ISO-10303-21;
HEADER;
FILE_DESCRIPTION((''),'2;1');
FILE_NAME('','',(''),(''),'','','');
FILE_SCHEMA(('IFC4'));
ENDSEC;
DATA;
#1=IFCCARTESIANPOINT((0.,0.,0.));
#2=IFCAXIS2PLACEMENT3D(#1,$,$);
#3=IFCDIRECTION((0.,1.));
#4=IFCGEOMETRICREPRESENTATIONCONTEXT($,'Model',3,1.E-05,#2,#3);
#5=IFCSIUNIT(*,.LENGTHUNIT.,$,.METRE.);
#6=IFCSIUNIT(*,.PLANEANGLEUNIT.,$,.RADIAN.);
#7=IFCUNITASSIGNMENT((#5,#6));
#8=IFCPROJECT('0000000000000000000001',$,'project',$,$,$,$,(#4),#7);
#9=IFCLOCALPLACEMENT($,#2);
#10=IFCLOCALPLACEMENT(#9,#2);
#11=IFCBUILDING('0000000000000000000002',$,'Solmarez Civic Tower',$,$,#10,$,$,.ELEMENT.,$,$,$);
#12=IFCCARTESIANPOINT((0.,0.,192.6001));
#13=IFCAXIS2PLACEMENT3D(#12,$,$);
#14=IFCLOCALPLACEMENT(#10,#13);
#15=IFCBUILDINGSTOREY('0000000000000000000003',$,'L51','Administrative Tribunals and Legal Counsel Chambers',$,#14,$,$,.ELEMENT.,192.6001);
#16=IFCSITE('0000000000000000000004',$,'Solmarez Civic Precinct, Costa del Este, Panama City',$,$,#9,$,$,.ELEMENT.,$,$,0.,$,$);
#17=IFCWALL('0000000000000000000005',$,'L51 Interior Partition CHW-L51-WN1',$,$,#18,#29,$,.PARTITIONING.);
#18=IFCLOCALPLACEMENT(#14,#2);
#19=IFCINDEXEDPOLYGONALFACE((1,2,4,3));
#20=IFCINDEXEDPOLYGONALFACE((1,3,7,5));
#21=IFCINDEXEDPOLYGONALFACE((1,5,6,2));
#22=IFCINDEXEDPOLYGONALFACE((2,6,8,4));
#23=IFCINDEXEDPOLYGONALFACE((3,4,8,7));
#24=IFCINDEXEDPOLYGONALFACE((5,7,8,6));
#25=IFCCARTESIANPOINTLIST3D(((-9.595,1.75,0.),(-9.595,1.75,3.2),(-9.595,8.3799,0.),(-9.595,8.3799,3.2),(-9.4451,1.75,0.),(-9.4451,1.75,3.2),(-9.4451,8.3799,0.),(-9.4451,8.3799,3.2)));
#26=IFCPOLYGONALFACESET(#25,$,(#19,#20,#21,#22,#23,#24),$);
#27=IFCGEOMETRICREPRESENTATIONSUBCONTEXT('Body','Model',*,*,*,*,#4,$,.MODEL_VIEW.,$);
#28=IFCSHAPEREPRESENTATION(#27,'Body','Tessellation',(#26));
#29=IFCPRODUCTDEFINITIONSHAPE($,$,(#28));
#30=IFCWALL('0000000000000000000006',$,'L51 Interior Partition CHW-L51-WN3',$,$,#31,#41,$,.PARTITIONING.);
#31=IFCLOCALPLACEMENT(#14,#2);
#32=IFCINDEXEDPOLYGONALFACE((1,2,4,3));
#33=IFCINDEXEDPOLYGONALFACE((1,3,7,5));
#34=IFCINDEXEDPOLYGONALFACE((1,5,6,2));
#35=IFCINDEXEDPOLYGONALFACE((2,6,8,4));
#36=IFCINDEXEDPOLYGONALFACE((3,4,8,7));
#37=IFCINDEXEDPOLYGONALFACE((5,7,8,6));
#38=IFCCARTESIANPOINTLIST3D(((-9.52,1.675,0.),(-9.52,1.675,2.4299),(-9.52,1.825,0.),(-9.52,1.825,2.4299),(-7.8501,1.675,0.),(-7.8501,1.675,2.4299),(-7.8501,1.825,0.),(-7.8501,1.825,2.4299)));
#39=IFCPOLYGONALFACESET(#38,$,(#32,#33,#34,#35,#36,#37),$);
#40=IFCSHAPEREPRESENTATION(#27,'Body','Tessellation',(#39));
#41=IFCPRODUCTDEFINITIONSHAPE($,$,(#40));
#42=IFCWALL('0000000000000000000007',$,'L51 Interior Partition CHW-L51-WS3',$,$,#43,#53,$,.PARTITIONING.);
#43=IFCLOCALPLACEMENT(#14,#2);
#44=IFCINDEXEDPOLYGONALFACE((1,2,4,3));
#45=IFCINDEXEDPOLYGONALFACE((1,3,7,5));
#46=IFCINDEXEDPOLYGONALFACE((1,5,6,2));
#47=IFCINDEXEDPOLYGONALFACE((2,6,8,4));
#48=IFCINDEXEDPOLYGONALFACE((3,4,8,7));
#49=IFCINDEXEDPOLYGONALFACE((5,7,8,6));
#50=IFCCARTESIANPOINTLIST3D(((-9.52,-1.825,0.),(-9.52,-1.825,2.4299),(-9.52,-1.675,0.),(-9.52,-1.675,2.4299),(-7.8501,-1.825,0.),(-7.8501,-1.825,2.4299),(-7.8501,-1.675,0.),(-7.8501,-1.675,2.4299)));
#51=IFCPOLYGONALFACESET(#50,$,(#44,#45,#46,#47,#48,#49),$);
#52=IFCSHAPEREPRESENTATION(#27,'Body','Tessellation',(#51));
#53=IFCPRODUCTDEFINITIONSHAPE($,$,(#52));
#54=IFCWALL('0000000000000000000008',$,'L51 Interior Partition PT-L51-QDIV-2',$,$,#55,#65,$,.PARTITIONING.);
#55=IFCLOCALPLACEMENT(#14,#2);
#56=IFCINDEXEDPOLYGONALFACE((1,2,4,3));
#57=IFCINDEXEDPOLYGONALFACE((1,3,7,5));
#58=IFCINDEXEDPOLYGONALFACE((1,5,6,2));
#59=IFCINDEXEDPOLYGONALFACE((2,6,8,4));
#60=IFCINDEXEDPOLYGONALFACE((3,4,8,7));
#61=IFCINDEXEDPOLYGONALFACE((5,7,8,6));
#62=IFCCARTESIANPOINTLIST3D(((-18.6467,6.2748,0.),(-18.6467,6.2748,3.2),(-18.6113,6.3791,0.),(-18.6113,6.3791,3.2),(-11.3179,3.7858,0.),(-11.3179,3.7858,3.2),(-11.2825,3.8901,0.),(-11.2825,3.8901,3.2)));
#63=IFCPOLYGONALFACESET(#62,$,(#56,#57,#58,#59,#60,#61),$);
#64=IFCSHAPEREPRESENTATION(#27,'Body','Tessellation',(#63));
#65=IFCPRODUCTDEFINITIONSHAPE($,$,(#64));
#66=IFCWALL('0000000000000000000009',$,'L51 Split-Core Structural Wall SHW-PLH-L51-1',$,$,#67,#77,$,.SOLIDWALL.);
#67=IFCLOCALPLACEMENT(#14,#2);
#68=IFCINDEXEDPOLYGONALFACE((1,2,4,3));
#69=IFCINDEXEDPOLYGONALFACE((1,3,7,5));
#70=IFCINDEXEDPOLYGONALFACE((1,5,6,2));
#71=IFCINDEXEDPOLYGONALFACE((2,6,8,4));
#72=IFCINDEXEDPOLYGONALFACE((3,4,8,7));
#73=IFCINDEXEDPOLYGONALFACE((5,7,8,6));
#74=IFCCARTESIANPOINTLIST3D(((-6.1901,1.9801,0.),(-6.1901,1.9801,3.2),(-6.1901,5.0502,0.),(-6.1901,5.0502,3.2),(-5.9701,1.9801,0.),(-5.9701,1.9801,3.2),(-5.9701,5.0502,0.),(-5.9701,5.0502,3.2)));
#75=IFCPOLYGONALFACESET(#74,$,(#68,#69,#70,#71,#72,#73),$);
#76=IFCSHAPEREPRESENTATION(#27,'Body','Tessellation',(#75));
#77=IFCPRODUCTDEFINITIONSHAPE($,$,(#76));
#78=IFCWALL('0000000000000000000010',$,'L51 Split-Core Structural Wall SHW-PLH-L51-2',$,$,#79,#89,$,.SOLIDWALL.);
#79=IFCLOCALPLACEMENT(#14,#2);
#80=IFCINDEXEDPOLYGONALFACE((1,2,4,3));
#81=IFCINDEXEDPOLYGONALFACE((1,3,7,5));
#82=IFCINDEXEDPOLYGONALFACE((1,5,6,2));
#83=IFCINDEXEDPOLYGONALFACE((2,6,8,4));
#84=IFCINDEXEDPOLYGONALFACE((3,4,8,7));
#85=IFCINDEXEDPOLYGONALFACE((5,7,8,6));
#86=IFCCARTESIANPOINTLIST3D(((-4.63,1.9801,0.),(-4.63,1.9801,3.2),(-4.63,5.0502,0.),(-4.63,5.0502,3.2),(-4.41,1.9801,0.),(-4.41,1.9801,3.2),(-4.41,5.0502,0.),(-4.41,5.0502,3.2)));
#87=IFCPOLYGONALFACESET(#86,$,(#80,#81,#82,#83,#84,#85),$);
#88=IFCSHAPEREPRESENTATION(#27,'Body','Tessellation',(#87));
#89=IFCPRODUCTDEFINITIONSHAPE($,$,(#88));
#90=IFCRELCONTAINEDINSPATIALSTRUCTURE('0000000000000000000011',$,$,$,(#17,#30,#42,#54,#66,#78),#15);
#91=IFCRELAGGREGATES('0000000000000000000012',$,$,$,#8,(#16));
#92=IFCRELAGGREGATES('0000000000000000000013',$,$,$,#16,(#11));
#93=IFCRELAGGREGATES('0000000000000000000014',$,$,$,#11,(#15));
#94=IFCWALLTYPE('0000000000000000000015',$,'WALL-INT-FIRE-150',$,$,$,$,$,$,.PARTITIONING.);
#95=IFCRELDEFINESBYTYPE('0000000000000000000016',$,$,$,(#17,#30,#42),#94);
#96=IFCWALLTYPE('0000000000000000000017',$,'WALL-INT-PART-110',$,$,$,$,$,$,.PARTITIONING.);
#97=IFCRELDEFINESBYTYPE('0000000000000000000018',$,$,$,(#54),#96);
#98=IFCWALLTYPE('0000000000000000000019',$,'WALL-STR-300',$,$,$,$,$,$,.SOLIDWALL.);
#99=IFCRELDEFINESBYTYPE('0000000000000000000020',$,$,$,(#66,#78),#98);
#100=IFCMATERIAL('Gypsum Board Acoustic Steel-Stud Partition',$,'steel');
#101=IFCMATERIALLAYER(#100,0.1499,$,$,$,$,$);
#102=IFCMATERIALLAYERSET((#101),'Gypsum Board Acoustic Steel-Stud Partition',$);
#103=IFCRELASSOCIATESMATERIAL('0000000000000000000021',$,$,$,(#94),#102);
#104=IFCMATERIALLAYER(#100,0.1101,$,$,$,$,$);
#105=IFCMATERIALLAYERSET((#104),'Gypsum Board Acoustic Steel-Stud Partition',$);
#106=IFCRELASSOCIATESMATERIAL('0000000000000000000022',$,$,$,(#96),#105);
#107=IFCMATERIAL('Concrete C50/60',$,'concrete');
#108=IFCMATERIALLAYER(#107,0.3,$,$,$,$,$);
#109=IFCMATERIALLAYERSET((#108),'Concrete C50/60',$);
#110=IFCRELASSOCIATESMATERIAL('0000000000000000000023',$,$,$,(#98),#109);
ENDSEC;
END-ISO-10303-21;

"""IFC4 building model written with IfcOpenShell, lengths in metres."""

from ifc_helpers import new_model, si_unit, direction, frame, frame_2d, origin, place, context, subcontext, project, spatial, rectangle, extrude, material, layer, layer_set, type_object, element, save


model = new_model("IFC4")

# Units and contexts
model_context = context("Model", 3, precision=1e-05, world=origin(), true_north=direction((0.0, 1.0)))
body_context = subcontext(model_context, "Body", "Model", "MODEL_VIEW")
ifc_project = project(units=[si_unit("LENGTHUNIT", "METRE"), si_unit("PLANEANGLEUNIT", "RADIAN")], contexts=[model_context])

# Site, building, storey
site_placement = place(None, origin())
site = spatial("IfcSite", under=ifc_project, at=site_placement, Name="Solmarez Civic Precinct, Costa del Este, Panama City", CompositionType="ELEMENT", RefElevation=0.0)
building_placement = place(site_placement, origin())
building = spatial("IfcBuilding", under=site, at=building_placement, Name="Solmarez Civic Tower", CompositionType="ELEMENT")
storey_placement = place(building_placement, frame((0.0, 0.0, 192.6001)))
storey = spatial("IfcBuildingStorey", under=building, at=storey_placement, Name="L51", Description="Administrative Tribunals and Legal Counsel Chambers", CompositionType="ELEMENT", Elevation=192.6001)

# Shared definitions
ifc_material_1 = material(Name="Concrete C50/60", Category="concrete")

# Walls
ifc_material_2 = material(Name="Gypsum Board Acoustic Steel-Stud Partition", Category="steel")
ifc_layer_1 = layer(ifc_material_2, 0.1499)
ifc_layer_set_1 = layer_set([ifc_layer_1], Name="Gypsum Board Acoustic Steel-Stud Partition")
wall_type_1 = type_object("IfcWallType", Name="WALL-INT-FIRE-150", PredefinedType="PARTITIONING", material=ifc_layer_set_1)
wall_1_placement = place(storey_placement, frame((-9.52, 1.75, 0.0), z_axis=(0.0, 0.0, 1.0), x_axis=(0.0, 1.0, 0.0)))
element("IfcWall", 1, at=wall_1_placement, inside=storey, type_object=wall_type_1, Name="L51 Interior Partition CHW-L51-WN1", PredefinedType="PARTITIONING", context=body_context, shape_type="SweptSolid", body=[
    extrude(rectangle(XDim=6.6299, YDim=0.1499, at=frame_2d((3.3149, 0.0))), origin(), (0.0, 0.0, 1.0), 3.2),
])
for number, where, z_axis, x_axis, name in (
    (2, (-7.8501, 1.75, 0.0), (0.0, 0.0, 1.0), (-1.0, 0.0, 0.0), "L51 Interior Partition CHW-L51-WN3"),
    (3, (-7.8501, -1.75, 0.0), (0.0, 0.0, 1.0), (-1.0, 0.0, 0.0), "L51 Interior Partition CHW-L51-WS3"),
):
    element("IfcWall", number, at=place(storey_placement, frame(where, z_axis=z_axis, x_axis=x_axis)), inside=storey, type_object=wall_type_1, Name=name, PredefinedType="PARTITIONING", context=body_context, shape_type="SweptSolid", body=[
        extrude(rectangle(XDim=1.6699, YDim=0.1499, at=frame_2d((0.835, 0.0))), origin(), (0.0, 0.0, 1.0), 2.4299),
    ])
ifc_layer_2 = layer(ifc_material_2, 0.1101)
ifc_layer_set_2 = layer_set([ifc_layer_2], Name="Gypsum Board Acoustic Steel-Stud Partition")
wall_type_2 = type_object("IfcWallType", Name="WALL-INT-PART-110", PredefinedType="PARTITIONING", material=ifc_layer_set_2)
wall_2_placement = place(storey_placement, frame((-11.3, 3.8379, 0.0), z_axis=(0.0, 0.0, 1.0), x_axis=(-0.946883, 0.321579, 0.0)))
element("IfcWall", 4, at=wall_2_placement, inside=storey, type_object=wall_type_2, Name="L51 Interior Partition PT-L51-QDIV-2", PredefinedType="PARTITIONING", context=body_context, shape_type="SweptSolid", body=[
    extrude(rectangle(XDim=7.74, YDim=0.1101, at=frame_2d((3.8701, 0.0))), origin(), (0.0, 0.0, 1.0), 3.2),
])
ifc_layer_3 = layer(ifc_material_1, 0.3)
ifc_layer_set_3 = layer_set([ifc_layer_3], Name="Concrete C50/60")
wall_type_3 = type_object("IfcWallType", Name="WALL-STR-300", PredefinedType="SOLIDWALL", material=ifc_layer_set_3)
for number, where, z_axis, x_axis, name in (
    (5, (-6.0801, 1.98, 0.0), (0.0, 0.0, 1.0), (0.0, 1.0, 0.0), "L51 Split-Core Structural Wall SHW-PLH-L51-1"),
    (6, (-4.52, 1.98, 0.0), (0.0, 0.0, 1.0), (0.0, 1.0, 0.0), "L51 Split-Core Structural Wall SHW-PLH-L51-2"),
):
    element("IfcWall", number, at=place(storey_placement, frame(where, z_axis=z_axis, x_axis=x_axis)), inside=storey, type_object=wall_type_3, Name=name, PredefinedType="SOLIDWALL", context=body_context, shape_type="SweptSolid", body=[
        extrude(rectangle(XDim=3.0701, YDim=0.22, at=frame_2d((1.5352, 0.0))), origin(), (0.0, 0.0, 1.0), 3.2),
    ])

save(model, "model.ifc")
